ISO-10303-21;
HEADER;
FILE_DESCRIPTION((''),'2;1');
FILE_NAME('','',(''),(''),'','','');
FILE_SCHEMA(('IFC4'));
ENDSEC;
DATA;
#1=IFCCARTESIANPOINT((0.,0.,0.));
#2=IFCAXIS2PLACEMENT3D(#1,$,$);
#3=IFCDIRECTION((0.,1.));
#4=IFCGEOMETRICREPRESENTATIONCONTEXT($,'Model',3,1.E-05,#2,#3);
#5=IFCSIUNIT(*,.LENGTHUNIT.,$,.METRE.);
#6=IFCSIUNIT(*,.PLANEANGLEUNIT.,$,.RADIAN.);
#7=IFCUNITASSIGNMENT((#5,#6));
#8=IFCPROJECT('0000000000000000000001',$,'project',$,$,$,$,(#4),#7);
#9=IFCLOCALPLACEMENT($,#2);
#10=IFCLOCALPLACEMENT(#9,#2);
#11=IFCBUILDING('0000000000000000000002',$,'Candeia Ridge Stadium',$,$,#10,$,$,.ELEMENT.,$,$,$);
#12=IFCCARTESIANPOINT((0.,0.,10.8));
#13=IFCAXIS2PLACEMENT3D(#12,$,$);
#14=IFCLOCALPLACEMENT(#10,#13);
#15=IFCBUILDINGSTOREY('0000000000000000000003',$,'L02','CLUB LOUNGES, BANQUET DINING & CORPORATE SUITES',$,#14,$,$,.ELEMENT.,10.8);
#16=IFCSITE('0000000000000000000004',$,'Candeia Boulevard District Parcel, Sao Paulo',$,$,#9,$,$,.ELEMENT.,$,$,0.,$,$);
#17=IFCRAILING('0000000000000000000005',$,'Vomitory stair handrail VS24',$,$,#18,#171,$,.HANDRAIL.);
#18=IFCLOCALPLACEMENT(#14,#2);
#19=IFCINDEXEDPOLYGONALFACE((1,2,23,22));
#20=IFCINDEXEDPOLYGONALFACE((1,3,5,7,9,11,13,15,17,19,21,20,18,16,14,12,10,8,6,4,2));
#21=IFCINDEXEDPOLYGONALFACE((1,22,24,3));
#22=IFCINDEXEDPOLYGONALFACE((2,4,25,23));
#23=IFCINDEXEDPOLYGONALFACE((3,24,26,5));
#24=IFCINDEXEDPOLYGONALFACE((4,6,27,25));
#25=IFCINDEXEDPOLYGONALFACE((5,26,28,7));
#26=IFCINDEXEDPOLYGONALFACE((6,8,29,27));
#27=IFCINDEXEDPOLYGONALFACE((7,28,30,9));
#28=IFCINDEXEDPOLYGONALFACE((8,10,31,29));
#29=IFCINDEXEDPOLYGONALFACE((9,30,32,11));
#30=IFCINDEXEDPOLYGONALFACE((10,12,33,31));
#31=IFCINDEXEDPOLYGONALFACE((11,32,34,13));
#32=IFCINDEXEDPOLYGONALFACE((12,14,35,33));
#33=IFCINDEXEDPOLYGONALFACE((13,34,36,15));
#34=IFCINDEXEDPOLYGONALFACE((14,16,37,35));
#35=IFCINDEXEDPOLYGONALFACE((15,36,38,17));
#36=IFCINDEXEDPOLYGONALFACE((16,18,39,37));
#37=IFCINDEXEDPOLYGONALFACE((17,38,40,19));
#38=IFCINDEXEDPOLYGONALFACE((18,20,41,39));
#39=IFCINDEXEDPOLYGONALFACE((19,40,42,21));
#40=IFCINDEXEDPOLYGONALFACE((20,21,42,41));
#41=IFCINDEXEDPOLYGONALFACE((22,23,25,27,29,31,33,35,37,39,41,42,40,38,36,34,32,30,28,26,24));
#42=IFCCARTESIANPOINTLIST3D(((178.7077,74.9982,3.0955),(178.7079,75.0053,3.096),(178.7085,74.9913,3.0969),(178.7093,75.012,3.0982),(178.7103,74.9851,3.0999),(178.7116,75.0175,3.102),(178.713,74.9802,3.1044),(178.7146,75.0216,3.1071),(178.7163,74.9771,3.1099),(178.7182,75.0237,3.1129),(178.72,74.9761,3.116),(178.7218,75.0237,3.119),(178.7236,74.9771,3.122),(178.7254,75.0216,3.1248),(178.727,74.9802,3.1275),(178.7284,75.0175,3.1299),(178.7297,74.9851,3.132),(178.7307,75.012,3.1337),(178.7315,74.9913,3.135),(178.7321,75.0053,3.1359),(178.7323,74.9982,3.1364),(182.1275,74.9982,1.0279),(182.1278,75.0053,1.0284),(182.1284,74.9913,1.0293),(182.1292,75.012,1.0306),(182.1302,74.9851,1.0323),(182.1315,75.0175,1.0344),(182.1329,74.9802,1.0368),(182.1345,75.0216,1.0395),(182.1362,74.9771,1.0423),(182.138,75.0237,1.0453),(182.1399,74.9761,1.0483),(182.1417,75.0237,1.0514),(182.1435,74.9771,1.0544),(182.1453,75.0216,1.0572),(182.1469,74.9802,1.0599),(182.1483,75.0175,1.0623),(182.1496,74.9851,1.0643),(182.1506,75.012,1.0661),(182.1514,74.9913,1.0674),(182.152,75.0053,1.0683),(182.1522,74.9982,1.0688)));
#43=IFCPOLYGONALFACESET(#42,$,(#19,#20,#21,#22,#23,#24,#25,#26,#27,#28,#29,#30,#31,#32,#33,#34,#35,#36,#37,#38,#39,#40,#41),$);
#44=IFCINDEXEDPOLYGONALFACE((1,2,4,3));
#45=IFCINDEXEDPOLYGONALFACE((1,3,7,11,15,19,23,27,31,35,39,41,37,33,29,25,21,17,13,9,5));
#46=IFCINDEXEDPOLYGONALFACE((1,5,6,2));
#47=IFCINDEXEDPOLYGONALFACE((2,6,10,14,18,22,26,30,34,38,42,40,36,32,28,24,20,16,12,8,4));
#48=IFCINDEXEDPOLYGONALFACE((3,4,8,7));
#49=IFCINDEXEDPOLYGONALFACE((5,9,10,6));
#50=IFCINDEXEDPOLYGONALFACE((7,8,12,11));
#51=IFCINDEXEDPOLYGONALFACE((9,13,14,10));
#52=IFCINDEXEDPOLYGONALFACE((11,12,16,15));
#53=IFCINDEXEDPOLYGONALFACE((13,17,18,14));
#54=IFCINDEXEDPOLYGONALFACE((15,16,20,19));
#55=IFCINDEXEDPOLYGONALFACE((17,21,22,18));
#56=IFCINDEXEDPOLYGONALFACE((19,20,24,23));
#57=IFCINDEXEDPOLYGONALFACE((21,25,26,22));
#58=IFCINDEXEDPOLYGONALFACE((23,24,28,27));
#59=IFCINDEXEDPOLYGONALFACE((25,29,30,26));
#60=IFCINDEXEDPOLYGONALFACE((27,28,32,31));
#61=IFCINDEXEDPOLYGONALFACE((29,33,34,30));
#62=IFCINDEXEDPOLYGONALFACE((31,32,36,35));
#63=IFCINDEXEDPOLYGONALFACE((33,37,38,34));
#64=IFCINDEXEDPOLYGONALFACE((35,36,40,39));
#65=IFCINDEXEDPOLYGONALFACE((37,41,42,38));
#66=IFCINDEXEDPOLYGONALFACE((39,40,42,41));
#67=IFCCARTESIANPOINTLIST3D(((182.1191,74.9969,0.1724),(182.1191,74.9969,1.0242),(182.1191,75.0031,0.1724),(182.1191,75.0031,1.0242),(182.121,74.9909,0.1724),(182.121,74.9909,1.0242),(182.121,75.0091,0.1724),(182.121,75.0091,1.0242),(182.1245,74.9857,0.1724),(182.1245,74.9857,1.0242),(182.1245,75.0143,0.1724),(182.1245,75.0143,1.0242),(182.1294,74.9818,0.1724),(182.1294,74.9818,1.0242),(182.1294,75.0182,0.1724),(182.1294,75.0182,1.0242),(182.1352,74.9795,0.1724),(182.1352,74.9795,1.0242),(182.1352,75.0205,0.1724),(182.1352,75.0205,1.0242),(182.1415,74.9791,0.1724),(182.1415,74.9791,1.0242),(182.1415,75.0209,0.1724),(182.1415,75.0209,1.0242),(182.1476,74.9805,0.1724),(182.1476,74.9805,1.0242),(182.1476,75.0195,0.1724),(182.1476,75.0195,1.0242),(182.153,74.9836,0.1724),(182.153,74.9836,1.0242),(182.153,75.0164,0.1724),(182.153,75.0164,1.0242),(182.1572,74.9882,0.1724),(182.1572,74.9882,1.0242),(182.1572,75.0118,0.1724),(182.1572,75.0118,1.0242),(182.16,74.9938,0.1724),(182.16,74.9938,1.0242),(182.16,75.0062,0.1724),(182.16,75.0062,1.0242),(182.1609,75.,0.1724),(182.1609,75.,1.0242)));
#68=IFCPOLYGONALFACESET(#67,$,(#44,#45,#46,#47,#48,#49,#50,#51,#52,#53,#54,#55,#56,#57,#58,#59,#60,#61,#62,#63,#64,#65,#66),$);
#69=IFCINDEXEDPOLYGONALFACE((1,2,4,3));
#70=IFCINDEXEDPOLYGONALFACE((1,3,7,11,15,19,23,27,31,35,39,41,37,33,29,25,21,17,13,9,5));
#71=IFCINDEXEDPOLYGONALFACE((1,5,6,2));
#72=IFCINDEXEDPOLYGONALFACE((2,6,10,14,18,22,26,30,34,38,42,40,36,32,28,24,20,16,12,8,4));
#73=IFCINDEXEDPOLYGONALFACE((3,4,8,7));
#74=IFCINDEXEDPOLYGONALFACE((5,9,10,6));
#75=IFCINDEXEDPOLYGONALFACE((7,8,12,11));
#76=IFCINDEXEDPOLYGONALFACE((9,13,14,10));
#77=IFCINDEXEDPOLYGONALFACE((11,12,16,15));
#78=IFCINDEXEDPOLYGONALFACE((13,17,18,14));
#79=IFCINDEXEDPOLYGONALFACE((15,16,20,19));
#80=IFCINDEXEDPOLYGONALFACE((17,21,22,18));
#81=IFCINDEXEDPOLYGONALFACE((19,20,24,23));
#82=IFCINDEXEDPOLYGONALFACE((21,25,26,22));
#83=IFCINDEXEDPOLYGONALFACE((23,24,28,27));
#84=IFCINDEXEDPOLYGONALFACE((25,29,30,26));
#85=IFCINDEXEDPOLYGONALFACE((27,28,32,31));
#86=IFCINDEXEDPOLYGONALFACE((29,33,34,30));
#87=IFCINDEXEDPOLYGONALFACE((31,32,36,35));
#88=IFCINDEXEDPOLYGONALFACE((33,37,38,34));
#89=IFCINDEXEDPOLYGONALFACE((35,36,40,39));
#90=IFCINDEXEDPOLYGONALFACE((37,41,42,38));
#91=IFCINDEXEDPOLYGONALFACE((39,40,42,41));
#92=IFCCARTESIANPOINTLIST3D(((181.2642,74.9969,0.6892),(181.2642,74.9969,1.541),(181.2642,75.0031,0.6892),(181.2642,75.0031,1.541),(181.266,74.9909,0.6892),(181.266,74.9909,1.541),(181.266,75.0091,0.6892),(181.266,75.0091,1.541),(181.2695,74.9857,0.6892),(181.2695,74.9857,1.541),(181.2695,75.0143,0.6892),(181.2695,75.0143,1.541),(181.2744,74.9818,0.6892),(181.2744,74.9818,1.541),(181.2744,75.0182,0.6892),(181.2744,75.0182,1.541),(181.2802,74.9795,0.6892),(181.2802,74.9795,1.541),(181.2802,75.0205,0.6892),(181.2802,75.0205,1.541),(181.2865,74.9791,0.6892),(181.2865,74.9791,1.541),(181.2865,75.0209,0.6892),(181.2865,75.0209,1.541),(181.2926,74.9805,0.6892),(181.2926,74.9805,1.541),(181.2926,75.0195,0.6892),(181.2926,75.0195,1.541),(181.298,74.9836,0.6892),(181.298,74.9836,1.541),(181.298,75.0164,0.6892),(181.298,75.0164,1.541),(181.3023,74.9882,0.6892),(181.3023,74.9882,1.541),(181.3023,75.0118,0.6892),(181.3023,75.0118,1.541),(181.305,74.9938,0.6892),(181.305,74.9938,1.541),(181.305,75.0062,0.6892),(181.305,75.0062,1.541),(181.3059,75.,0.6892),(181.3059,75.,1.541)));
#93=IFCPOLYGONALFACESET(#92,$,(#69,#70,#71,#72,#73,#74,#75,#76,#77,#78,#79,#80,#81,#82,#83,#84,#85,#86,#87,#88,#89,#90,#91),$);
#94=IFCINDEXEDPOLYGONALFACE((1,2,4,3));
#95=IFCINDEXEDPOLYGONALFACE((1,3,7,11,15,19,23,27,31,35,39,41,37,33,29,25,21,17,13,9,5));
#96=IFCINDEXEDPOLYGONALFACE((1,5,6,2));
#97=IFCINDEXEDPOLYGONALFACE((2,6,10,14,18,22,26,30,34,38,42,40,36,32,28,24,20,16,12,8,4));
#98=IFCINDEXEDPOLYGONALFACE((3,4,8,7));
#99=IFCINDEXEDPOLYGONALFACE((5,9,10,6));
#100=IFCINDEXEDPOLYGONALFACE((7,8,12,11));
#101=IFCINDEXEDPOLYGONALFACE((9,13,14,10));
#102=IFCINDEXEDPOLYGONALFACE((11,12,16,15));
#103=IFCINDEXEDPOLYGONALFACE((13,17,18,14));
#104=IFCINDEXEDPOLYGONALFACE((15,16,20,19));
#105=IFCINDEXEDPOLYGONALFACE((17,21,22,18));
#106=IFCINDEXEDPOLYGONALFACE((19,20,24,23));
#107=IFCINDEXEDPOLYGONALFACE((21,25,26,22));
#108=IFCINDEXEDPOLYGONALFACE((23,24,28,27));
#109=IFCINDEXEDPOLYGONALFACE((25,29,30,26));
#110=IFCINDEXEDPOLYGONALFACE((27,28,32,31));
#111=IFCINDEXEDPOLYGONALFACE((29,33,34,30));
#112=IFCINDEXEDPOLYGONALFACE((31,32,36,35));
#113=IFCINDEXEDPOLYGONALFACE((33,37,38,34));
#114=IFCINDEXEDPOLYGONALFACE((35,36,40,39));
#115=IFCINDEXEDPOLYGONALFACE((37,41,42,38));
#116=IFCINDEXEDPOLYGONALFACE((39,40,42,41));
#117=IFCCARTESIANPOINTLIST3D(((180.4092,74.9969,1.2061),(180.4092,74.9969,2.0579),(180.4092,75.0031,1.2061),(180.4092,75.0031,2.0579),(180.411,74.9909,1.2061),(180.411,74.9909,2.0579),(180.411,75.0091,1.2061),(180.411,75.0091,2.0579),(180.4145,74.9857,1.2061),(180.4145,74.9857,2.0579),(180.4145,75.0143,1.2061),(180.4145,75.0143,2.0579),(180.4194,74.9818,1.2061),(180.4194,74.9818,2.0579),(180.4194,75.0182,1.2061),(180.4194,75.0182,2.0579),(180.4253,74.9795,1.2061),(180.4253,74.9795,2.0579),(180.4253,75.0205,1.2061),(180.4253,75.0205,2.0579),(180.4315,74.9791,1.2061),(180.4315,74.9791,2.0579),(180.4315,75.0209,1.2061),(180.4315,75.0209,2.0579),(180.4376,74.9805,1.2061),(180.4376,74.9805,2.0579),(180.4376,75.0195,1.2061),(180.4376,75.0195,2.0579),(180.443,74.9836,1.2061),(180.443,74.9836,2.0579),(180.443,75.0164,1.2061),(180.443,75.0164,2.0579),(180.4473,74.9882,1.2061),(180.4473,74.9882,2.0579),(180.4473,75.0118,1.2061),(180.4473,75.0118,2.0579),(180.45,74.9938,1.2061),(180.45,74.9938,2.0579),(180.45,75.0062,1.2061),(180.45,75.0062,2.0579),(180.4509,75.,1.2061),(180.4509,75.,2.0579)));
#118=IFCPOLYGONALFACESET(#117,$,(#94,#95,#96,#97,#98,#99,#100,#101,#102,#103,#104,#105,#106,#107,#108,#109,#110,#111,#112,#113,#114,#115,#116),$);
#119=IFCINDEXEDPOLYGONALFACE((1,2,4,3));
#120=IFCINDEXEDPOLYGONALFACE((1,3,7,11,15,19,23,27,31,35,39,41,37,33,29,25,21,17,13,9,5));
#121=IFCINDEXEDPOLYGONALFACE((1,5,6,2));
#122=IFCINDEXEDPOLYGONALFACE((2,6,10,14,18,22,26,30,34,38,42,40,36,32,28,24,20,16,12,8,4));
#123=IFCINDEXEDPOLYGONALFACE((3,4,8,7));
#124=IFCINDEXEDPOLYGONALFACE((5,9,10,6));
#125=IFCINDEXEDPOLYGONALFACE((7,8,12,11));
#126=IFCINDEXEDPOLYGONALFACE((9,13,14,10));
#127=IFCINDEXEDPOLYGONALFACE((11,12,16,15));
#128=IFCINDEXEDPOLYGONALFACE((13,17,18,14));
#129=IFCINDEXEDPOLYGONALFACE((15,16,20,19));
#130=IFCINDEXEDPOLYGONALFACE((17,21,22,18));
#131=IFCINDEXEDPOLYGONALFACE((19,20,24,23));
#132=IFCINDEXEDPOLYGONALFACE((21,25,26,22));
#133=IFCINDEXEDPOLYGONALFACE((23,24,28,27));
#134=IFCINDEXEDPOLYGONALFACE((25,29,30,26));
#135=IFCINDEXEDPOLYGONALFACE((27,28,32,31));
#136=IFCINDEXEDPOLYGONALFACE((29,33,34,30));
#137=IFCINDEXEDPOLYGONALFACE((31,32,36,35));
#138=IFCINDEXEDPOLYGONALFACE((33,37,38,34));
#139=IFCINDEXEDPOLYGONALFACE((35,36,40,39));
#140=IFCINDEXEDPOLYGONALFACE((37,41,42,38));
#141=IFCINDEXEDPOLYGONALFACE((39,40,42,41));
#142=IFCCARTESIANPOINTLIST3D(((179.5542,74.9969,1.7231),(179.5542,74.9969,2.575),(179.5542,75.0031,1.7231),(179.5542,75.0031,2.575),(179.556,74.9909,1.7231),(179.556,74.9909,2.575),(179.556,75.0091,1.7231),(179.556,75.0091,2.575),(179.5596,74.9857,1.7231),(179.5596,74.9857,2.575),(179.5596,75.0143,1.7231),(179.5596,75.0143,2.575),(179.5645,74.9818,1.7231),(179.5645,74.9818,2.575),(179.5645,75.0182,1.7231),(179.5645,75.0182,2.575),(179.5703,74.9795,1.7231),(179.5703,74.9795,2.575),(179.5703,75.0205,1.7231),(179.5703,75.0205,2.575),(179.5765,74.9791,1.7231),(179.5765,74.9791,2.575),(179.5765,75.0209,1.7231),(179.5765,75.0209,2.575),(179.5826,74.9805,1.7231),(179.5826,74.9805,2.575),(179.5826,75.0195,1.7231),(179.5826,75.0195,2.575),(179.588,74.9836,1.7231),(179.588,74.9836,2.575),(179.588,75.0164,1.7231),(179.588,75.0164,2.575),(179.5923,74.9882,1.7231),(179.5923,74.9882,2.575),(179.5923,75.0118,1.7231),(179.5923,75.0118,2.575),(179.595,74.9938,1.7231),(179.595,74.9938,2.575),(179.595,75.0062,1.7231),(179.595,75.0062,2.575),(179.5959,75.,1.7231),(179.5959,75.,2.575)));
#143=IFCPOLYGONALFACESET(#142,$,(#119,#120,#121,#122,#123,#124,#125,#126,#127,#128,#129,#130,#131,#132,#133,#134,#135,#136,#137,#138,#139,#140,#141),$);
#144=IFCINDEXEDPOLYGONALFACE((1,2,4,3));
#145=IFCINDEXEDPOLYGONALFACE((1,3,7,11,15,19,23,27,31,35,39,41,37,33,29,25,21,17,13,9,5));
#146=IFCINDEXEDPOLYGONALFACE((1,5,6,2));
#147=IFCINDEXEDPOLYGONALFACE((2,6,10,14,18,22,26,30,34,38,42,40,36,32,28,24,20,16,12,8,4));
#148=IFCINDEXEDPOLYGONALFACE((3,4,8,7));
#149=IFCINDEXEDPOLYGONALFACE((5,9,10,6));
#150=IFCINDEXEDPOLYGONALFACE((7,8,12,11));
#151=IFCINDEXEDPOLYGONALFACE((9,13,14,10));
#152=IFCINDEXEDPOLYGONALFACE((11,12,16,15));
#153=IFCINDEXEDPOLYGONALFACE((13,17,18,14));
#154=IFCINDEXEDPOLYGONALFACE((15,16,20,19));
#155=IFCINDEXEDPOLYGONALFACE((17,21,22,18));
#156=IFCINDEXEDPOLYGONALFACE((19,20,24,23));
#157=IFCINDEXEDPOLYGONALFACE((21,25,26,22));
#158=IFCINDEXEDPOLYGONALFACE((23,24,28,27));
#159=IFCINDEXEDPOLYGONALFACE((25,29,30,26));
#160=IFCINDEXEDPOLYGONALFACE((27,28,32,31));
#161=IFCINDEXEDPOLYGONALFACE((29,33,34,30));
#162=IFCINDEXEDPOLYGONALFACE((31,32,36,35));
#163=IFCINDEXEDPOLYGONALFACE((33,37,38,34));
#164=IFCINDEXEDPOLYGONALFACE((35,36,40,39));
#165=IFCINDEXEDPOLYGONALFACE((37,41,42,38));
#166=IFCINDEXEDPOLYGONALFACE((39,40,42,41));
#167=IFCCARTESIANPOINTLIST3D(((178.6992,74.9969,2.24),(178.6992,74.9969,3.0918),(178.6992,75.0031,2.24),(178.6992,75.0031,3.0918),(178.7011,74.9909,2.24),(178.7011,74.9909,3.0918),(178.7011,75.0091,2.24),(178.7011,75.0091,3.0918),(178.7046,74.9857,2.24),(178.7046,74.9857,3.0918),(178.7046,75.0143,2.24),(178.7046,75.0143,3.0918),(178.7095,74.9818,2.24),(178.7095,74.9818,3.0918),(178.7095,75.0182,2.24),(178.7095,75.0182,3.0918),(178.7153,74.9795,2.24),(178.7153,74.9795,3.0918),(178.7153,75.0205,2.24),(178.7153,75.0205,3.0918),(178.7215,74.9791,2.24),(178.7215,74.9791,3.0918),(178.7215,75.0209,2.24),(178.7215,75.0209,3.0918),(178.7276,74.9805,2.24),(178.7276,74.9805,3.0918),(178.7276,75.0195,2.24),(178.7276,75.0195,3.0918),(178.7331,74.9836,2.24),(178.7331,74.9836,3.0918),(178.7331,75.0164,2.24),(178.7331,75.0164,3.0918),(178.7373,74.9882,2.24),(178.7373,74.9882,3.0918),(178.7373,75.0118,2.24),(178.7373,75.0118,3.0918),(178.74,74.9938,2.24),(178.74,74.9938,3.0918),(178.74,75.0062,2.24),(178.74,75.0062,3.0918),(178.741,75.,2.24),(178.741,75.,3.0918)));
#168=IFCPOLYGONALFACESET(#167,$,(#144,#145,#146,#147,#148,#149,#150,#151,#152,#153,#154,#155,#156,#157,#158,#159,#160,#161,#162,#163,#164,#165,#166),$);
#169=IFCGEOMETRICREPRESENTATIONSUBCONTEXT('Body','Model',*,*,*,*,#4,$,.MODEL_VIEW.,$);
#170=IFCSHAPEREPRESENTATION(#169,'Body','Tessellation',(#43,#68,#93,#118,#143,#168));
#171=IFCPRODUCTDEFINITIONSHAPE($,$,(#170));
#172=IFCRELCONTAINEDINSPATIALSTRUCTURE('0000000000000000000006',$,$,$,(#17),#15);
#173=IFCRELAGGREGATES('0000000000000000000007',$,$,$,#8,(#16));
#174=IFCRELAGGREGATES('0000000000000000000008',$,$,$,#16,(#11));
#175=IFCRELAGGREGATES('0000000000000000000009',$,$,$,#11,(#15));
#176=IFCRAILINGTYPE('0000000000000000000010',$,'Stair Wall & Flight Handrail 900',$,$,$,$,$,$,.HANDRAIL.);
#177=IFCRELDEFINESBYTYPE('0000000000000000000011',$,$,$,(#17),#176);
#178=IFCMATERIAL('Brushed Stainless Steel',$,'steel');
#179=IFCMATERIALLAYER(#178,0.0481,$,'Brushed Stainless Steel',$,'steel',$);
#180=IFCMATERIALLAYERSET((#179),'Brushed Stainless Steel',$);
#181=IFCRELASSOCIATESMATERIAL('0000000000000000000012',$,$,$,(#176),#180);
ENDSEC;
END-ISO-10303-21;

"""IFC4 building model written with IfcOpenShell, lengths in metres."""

from ifc_helpers import new_model, si_unit, direction, frame, origin, origin_2d, place, context, subcontext, project, spatial, circle, extrude, material, layer, layer_set, type_object, element, save


model = new_model("IFC4")

# Units and contexts
model_context = context("Model", 3, precision=1e-05, world=origin(), true_north=direction((0.0, 1.0)))
body_context = subcontext(model_context, "Body", "Model", "MODEL_VIEW")
ifc_project = project(units=[si_unit("LENGTHUNIT", "METRE"), si_unit("PLANEANGLEUNIT", "RADIAN")], contexts=[model_context])

# Site, building, storey
site_placement = place(None, origin())
site = spatial("IfcSite", under=ifc_project, at=site_placement, Name="Candeia Boulevard District Parcel, Sao Paulo", CompositionType="ELEMENT", RefElevation=0.0)
building_placement = place(site_placement, origin())
building = spatial("IfcBuilding", under=site, at=building_placement, Name="Candeia Ridge Stadium", CompositionType="ELEMENT")
storey_placement = place(building_placement, frame((0.0, 0.0, 10.8)))
storey = spatial("IfcBuildingStorey", under=building, at=storey_placement, Name="L02", Description="CLUB LOUNGES, BANQUET DINING & CORPORATE SUITES", CompositionType="ELEMENT", Elevation=10.8)

# Railing
ifc_material_1 = material(Name="Brushed Stainless Steel", Category="steel")
ifc_layer_1 = layer(ifc_material_1, 0.0481, Name="Brushed Stainless Steel", Category="steel")
ifc_layer_set_1 = layer_set([ifc_layer_1], Name="Brushed Stainless Steel")
railing_type_1 = type_object("IfcRailingType", Name="Stair Wall & Flight Handrail 900", PredefinedType="HANDRAIL", material=ifc_layer_set_1)
railing_1_placement = place(storey_placement, frame((182.1399, 75.0, 0.1724)))
element("IfcRailing", 1, at=railing_1_placement, inside=storey, type_object=railing_type_1, Name="Vomitory stair handrail VS24", PredefinedType="HANDRAIL", context=body_context, shape_type="SweptSolid", body=[
    extrude(circle(Radius=0.0239, at=origin_2d()), frame((0.0, 0.0, 0.876), z_axis=(-0.855758, 0.0, 0.517377), x_axis=(0.0, -1.0, 0.0)), (0.0, 0.0, 1.0), 3.9963),
    extrude(circle(Radius=0.021, at=origin_2d()), origin(), (0.0, 0.0, 1.0), 0.8518),
    extrude(circle(Radius=0.021, at=origin_2d()), frame((-0.855, 0.0, 0.5168)), (0.0, 0.0, 1.0), 0.8518),
    extrude(circle(Radius=0.021, at=origin_2d()), frame((-1.71, 0.0, 1.0337)), (0.0, 0.0, 1.0), 0.8518),
    extrude(circle(Radius=0.021, at=origin_2d()), frame((-2.5649, 0.0, 1.5508)), (0.0, 0.0, 1.0), 0.8518),
    extrude(circle(Radius=0.021, at=origin_2d()), frame((-3.4199, 0.0, 2.0676)), (0.0, 0.0, 1.0), 0.8518),
])

save(model, "model.ifc")
